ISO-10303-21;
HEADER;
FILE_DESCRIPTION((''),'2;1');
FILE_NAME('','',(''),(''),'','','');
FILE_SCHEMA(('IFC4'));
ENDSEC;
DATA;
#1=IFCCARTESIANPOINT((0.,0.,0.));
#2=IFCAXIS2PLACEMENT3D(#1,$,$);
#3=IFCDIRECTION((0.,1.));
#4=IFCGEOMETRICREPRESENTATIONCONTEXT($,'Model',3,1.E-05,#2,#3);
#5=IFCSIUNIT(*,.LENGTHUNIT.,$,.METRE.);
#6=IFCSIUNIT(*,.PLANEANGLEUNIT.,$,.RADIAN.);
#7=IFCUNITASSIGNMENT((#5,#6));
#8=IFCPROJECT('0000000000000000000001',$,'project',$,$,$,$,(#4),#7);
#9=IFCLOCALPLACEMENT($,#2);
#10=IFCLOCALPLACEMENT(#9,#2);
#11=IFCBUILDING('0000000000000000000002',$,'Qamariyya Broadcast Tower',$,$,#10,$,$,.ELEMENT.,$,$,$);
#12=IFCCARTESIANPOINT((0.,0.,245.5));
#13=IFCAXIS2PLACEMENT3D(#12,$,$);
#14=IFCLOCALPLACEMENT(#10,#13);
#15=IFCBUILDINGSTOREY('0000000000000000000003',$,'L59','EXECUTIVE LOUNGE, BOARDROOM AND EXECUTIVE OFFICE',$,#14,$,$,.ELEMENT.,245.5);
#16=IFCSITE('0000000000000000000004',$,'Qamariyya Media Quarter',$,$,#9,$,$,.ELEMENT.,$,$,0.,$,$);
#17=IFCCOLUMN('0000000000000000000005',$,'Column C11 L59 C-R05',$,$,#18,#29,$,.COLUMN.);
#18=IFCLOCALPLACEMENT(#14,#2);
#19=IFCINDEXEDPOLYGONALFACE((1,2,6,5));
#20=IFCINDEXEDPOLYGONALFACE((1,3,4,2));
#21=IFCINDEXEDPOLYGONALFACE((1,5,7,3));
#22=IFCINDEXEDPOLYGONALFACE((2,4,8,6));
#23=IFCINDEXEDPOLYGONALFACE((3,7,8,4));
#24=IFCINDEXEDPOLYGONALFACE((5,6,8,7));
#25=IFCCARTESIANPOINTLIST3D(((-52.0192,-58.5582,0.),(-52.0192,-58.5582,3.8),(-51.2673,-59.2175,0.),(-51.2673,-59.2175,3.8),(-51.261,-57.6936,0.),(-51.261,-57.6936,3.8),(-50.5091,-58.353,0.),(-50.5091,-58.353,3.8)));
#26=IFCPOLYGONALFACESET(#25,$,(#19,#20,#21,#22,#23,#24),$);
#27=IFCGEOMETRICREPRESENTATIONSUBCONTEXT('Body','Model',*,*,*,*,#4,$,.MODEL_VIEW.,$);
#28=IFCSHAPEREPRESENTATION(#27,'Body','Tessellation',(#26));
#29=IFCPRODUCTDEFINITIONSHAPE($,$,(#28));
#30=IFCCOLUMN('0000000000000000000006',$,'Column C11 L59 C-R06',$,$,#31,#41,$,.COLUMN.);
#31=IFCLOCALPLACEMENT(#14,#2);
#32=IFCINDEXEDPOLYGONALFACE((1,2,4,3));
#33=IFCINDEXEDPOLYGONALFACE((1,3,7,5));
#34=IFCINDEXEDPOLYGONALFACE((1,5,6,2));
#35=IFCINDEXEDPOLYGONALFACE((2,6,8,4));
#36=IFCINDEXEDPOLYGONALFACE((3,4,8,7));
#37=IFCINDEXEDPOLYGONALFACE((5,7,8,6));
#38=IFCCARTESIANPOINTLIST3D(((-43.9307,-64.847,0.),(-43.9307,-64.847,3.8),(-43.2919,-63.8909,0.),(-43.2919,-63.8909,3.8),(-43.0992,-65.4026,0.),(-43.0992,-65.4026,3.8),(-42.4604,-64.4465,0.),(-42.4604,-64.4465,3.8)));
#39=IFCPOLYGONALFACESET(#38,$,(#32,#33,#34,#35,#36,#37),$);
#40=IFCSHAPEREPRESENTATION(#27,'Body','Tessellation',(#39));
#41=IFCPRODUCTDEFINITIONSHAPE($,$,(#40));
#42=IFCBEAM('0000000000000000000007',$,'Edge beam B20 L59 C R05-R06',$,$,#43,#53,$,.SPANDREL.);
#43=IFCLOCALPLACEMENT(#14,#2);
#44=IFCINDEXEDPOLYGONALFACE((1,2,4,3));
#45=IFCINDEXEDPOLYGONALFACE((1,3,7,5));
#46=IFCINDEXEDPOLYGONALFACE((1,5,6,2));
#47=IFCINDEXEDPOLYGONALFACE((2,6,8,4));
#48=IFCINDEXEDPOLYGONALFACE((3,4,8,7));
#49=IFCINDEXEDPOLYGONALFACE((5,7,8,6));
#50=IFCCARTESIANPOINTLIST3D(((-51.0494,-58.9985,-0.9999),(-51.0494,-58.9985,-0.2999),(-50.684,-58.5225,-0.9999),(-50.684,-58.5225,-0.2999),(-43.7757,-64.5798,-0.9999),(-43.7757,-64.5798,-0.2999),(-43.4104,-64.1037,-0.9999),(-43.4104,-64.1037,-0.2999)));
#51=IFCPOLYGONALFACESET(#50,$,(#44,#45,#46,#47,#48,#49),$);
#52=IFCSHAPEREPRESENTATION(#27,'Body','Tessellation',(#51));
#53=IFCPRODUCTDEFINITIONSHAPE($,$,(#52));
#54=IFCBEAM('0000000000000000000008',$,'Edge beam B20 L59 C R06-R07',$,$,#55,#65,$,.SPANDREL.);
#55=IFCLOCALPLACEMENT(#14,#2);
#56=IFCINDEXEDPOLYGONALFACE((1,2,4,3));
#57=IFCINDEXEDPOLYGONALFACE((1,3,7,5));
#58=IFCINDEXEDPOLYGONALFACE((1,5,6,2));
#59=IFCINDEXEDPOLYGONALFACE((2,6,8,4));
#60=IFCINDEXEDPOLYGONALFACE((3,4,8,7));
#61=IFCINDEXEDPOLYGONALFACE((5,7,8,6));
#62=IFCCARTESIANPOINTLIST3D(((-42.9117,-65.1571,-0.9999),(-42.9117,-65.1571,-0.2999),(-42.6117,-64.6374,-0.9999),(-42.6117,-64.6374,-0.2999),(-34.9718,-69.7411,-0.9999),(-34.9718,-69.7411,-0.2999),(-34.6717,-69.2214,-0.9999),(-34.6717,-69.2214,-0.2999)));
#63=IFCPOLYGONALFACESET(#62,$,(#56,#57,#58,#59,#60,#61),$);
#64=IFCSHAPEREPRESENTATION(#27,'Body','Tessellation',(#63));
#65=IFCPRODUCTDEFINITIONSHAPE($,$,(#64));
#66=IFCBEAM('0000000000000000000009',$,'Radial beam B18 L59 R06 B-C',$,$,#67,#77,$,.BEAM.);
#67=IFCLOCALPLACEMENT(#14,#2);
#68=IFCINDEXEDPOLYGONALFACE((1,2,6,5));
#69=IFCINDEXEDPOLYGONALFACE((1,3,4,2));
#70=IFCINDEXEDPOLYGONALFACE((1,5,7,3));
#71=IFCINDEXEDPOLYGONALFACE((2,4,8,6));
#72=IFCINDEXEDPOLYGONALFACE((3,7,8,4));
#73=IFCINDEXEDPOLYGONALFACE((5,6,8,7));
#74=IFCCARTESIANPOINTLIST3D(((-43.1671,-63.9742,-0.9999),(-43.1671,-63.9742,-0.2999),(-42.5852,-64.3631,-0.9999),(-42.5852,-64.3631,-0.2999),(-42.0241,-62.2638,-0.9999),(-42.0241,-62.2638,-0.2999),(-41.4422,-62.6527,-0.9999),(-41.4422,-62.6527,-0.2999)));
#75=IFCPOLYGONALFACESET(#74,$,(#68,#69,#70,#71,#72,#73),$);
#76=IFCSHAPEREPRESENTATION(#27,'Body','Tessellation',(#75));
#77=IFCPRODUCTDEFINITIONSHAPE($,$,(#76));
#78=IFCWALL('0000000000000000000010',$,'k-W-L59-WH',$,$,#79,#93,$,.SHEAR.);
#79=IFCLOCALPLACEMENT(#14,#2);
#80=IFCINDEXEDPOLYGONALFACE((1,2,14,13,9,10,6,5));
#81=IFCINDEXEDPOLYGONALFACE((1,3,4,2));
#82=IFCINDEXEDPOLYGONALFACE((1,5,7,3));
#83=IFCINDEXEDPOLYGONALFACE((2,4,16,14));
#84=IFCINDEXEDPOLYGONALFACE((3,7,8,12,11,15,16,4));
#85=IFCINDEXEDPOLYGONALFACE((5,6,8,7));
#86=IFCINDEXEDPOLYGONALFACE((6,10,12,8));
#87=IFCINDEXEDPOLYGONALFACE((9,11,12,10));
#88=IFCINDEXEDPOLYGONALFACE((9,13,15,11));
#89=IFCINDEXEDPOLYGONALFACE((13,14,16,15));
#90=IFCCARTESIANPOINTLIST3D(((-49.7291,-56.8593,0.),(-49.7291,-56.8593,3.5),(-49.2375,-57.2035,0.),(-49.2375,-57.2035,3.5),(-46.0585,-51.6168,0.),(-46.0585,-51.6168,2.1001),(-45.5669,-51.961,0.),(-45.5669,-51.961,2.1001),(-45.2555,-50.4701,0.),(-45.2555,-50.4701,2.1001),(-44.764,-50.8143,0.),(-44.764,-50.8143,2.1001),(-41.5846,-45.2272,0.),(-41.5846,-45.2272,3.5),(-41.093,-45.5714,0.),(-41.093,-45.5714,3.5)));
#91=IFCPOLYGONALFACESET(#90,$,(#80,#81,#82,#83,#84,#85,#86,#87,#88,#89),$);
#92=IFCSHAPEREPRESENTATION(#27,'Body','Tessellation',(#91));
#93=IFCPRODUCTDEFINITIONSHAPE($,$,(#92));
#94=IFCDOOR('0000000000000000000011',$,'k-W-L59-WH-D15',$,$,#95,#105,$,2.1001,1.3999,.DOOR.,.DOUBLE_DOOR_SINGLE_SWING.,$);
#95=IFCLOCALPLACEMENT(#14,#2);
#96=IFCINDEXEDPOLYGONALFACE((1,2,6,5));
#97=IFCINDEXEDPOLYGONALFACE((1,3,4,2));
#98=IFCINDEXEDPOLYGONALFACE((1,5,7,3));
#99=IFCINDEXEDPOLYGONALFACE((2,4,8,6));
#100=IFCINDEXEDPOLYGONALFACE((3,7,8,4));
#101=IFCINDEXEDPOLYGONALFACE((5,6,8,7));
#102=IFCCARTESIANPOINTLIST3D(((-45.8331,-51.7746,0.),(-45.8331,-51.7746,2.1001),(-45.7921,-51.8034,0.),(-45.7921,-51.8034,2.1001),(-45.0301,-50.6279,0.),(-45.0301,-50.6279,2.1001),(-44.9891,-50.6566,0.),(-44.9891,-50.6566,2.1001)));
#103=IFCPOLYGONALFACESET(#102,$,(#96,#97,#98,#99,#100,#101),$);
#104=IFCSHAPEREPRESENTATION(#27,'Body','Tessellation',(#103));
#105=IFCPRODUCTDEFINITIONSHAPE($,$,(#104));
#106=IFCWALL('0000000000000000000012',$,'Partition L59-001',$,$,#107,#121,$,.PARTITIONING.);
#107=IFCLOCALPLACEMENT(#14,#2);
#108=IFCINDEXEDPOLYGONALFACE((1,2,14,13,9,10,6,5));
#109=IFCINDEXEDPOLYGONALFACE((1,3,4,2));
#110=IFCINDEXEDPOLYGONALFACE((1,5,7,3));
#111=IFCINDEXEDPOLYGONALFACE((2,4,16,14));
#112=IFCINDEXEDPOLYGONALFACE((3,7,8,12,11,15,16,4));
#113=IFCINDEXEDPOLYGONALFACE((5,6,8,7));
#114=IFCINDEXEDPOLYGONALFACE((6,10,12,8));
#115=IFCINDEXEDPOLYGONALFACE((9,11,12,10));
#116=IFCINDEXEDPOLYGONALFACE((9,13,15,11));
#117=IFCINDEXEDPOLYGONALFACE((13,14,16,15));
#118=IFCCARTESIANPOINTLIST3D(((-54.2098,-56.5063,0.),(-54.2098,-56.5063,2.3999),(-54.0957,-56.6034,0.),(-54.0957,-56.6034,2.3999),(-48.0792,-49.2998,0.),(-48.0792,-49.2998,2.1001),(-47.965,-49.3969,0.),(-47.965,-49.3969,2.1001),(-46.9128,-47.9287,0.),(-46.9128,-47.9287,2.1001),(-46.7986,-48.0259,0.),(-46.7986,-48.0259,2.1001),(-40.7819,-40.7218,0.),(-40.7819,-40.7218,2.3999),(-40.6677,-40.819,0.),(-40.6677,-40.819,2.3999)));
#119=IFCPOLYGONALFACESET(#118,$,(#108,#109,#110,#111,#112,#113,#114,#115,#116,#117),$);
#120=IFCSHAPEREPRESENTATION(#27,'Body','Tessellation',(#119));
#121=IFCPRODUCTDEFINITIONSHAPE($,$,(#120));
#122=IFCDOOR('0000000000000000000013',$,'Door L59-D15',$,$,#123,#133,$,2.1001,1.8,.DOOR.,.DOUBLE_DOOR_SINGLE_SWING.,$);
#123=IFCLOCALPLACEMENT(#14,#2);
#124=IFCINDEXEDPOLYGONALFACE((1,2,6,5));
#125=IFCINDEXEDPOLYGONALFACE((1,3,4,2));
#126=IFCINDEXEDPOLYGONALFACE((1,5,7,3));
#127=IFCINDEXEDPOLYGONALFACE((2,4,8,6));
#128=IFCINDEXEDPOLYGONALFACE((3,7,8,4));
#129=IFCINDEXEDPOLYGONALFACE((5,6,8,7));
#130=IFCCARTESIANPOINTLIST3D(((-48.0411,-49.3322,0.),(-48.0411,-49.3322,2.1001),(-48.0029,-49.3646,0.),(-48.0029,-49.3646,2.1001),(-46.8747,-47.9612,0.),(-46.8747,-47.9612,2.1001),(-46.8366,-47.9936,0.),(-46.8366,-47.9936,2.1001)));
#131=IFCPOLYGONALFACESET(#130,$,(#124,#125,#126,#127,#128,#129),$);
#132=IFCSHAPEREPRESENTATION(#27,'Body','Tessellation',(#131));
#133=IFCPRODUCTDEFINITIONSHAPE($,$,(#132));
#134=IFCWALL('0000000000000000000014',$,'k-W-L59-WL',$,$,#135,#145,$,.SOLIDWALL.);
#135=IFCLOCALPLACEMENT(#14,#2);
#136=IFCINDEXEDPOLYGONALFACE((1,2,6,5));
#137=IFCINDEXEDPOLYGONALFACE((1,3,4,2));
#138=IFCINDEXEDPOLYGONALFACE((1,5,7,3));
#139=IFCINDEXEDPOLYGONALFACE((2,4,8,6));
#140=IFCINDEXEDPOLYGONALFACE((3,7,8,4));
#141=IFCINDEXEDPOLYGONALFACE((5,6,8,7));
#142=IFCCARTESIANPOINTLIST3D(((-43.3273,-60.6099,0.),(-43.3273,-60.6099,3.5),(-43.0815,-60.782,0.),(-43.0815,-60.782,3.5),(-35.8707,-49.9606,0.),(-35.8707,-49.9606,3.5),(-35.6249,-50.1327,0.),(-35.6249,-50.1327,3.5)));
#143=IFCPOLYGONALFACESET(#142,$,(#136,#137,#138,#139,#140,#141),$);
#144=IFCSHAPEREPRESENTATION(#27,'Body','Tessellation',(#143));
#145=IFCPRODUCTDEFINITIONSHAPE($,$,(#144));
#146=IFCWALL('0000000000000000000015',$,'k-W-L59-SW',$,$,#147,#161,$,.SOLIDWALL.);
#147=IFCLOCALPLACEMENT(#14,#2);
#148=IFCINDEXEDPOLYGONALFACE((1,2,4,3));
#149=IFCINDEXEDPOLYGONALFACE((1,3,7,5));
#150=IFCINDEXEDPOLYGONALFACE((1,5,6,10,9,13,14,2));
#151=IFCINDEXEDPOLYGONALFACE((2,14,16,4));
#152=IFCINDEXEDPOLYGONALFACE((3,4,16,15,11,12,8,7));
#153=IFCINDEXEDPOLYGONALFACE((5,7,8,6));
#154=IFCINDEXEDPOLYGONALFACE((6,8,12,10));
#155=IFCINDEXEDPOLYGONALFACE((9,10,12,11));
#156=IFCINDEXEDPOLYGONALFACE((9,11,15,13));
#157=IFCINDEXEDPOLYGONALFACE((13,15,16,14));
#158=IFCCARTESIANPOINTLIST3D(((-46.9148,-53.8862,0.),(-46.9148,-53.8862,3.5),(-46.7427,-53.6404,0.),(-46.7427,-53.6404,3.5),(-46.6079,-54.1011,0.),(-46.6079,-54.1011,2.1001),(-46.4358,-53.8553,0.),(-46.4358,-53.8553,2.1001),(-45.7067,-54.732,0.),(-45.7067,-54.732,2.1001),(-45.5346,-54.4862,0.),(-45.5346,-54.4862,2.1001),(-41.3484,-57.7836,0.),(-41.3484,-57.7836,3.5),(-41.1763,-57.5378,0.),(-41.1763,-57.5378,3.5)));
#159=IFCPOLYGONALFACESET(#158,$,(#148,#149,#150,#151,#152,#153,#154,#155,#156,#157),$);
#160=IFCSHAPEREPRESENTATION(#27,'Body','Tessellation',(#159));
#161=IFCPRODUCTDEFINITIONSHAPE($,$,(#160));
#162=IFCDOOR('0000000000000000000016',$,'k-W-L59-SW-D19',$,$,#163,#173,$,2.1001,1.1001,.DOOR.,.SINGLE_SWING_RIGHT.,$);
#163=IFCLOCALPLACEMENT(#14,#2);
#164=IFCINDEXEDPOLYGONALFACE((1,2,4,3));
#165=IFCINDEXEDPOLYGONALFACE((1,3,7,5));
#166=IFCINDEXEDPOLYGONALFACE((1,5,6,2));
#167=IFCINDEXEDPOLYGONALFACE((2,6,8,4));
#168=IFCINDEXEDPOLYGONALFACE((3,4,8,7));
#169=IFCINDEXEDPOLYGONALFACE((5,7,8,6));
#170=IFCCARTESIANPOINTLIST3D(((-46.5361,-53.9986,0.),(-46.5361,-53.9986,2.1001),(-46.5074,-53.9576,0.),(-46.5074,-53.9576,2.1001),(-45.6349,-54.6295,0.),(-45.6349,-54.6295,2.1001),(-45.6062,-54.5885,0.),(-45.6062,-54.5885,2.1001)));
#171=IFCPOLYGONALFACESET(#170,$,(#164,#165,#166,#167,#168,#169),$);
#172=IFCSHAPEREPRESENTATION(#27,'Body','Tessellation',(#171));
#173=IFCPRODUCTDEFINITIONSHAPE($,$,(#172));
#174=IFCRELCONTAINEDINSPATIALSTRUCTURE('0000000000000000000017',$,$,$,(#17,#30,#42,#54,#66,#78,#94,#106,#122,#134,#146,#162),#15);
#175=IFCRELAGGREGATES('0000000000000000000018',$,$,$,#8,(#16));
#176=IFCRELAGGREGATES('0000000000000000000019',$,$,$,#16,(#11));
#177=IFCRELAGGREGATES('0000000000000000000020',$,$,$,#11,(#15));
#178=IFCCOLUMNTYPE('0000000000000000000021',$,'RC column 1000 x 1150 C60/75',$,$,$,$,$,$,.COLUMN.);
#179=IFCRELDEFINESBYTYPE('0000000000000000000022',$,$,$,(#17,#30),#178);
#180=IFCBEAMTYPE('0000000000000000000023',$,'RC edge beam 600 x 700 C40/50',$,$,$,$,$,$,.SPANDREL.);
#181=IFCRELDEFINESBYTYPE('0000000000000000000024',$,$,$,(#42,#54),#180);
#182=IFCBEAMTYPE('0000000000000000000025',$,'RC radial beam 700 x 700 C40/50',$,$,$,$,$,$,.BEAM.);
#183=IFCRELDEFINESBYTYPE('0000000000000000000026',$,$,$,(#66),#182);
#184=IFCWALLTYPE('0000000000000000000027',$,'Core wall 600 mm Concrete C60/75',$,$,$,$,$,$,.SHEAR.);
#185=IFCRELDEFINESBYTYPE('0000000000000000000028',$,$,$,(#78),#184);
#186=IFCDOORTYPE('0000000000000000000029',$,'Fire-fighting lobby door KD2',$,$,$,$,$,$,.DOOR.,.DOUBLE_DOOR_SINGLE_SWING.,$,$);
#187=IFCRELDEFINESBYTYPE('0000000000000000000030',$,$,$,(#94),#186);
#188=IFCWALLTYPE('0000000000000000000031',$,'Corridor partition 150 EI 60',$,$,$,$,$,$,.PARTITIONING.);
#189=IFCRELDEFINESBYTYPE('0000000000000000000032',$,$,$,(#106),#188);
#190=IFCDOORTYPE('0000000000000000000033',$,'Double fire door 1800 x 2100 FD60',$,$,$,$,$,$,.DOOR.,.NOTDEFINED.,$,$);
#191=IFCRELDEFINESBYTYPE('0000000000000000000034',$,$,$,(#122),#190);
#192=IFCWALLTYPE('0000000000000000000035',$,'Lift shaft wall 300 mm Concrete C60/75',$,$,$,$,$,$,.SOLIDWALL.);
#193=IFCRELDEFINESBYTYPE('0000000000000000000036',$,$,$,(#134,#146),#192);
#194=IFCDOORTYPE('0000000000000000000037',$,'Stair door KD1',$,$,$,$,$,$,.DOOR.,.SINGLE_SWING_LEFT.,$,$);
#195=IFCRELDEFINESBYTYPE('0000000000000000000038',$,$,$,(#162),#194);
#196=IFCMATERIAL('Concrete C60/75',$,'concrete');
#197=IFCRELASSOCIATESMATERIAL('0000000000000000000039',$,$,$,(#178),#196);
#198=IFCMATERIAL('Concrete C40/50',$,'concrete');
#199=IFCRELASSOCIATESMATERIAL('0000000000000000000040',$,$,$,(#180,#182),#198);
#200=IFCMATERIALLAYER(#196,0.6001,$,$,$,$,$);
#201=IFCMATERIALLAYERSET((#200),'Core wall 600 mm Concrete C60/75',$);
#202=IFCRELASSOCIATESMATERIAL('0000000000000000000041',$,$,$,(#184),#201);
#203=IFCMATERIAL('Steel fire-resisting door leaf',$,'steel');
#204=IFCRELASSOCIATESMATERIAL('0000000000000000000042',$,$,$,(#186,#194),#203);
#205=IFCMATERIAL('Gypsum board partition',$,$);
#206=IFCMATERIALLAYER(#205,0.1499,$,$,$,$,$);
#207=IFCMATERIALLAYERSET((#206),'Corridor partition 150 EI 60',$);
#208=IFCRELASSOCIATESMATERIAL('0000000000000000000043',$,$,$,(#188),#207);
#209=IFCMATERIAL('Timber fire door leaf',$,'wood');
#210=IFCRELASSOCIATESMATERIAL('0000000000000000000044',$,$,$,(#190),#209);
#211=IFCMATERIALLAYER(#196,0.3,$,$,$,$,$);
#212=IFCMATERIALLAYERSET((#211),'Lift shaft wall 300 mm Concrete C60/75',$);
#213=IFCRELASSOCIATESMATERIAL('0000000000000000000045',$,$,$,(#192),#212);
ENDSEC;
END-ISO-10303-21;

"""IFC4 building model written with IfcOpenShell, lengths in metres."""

from ifc_helpers import new_model, si_unit, direction, frame, frame_2d, origin, origin_2d, place, context, subcontext, project, spatial, rectangle, extrude, material, layer, layer_set, material_profile, profile_set, type_object, element, fill, save


model = new_model("IFC4")

# Units and contexts
model_context = context("Model", 3, precision=1e-05, world=origin(), true_north=direction((0.0, 1.0)))
body_context = subcontext(model_context, "Body", "Model", "MODEL_VIEW")
ifc_project = project(units=[si_unit("LENGTHUNIT", "METRE"), si_unit("PLANEANGLEUNIT", "RADIAN")], contexts=[model_context])

# Site, building, storey
site_placement = place(None, origin())
site = spatial("IfcSite", under=ifc_project, at=site_placement, Name="Qamariyya Media Quarter", CompositionType="ELEMENT", RefElevation=0.0)
building_placement = place(site_placement, origin())
building = spatial("IfcBuilding", under=site, at=building_placement, Name="Qamariyya Broadcast Tower", CompositionType="ELEMENT")
storey_placement = place(building_placement, frame((0.0, 0.0, 245.5)))
storey = spatial("IfcBuildingStorey", under=building, at=storey_placement, Name="L59", Description="EXECUTIVE LOUNGE, BOARDROOM AND EXECUTIVE OFFICE", CompositionType="ELEMENT", Elevation=245.5)

# Columns
ifc_material_1 = material(Name="Concrete C60/75", Category="concrete")
ifc_material_profile_1 = material_profile(ifc_material_1, rectangle(XDim=1.0, YDim=1.1499, at=origin_2d()))
ifc_profile_set_1 = profile_set([ifc_material_profile_1], Name="Concrete C60/75")
column_type = type_object("IfcColumnType", Name="RC column 1000 x 1150 C60/75", PredefinedType="COLUMN", material=ifc_profile_set_1)
for number, where, z_axis, x_axis, name in (
    (1, (-51.2642, -58.4556, 0.0), (0.0, 0.0, 1.0), (0.75184, -0.659346, 0.0), "Column C11 L59 C-R05"),
    (2, (-43.1956, -64.6467, 0.0), (0.0, 0.0, 1.0), (0.83147, -0.55557, 0.0), "Column C11 L59 C-R06"),
):
    element("IfcColumn", number, at=place(storey_placement, frame(where, z_axis=z_axis, x_axis=x_axis)), inside=storey, type_object=column_type, Name=name, PredefinedType="COLUMN", context=body_context, shape_type="SweptSolid", body=[
        extrude(rectangle(XDim=1.0, YDim=1.1499, at=origin_2d()), origin(), (0.0, 0.0, 1.0), 3.8),
    ])

# Beams
ifc_material_2 = material(Name="Concrete C40/50", Category="concrete")
ifc_material_profile_2 = material_profile(ifc_material_2, rectangle(XDim=0.6001, YDim=0.7, at=origin_2d()))
ifc_profile_set_2 = profile_set([ifc_material_profile_2], Name="Concrete C40/50")
beam_type_1 = type_object("IfcBeamType", Name="RC edge beam 600 x 700 C40/50", PredefinedType="SPANDREL", material=ifc_profile_set_2)
for number, where, z_axis, x_axis, name in (
    (3, (-50.8667, -58.7605, -0.6499), (0.793353, -0.608762, 0.0), (0.608762, 0.793353, 0.0), "Edge beam B20 L59 C R05-R06"),
    (4, (-42.7617, -64.8972, -0.6499), (0.866032, -0.499988, 0.0), (0.499988, 0.866032, 0.0), "Edge beam B20 L59 C R06-R07"),
):
    element("IfcBeam", number, at=place(storey_placement, frame(where, z_axis=z_axis, x_axis=x_axis)), inside=storey, type_object=beam_type_1, Name=name, PredefinedType="SPANDREL", context=body_context, shape_type="SweptSolid", body=[
        extrude(rectangle(XDim=0.6001, YDim=0.7, at=origin_2d()), origin(), (0.0, 0.0, 1.0), 9.1682),
    ])
ifc_material_profile_3 = material_profile(ifc_material_2, rectangle(XDim=0.7, YDim=0.7, at=origin_2d()))
ifc_profile_set_3 = profile_set([ifc_material_profile_3], Name="Concrete C40/50")
beam_type_2 = type_object("IfcBeamType", Name="RC radial beam 700 x 700 C40/50", PredefinedType="BEAM", material=ifc_profile_set_3)
beam_placement = place(storey_placement, frame((-41.7332, -62.4583, -0.6499), z_axis=(-0.555631, -0.831429, 0.0), x_axis=(0.831429, -0.555631, 0.0)))
element("IfcBeam", 5, at=beam_placement, inside=storey, type_object=beam_type_2, Name="Radial beam B18 L59 R06 B-C", PredefinedType="BEAM", context=body_context, shape_type="SweptSolid", body=[
    extrude(rectangle(XDim=0.7, YDim=0.7, at=origin_2d()), origin(), (0.0, 0.0, 1.0), 2.0571),
])

# Walls, openings, doors
ifc_layer_1 = layer(ifc_material_1, 0.6001)
ifc_layer_set_1 = layer_set([ifc_layer_1], Name="Core wall 600 mm Concrete C60/75")
wall_type_1 = type_object("IfcWallType", Name="Core wall 600 mm Concrete C60/75", PredefinedType="SHEAR", material=ifc_layer_set_1)
wall_1_placement = place(storey_placement, frame((-49.4834, -57.0315, 0.0), z_axis=(0.0, 0.0, 1.0), x_axis=(0.57356, 0.819163, 0.0)))
wall_1 = element("IfcWall", 6, at=wall_1_placement, inside=storey, type_object=wall_type_1, Name="k-W-L59-WH", PredefinedType="SHEAR", context=body_context, shape_type="SweptSolid", body=[
    extrude(rectangle(XDim=14.2, YDim=0.6001, at=frame_2d((7.1001, 0.0))), origin(), (0.0, 0.0, 1.0), 3.5),
])
opening_1_placement = place(wall_1_placement, frame((6.3999, 0.0, 0.0)))
opening_1 = element("IfcOpeningElement", 7, at=opening_1_placement, cuts=wall_1, PredefinedType="OPENING", context=body_context, shape_type="SweptSolid", body=[
    extrude(rectangle(XDim=1.3999, YDim=2.1001, at=frame_2d((0.7, 1.05))), frame((0.0, 0.3101, 0.0), z_axis=(0.0, -1.0, 0.0), x_axis=(1.0, 0.0, 0.0)), (0.0, 0.0, 1.0), 0.6201),
])
ifc_material_3 = material(Name="Steel fire-resisting door leaf", Category="steel")
door_type_1 = type_object("IfcDoorType", Name="Fire-fighting lobby door KD2", OperationType="DOUBLE_DOOR_SINGLE_SWING", PredefinedType="DOOR", material=ifc_material_3)
door_1_placement = place(opening_1_placement, origin())
door_1 = element("IfcDoor", 8, at=door_1_placement, inside=storey, type_object=door_type_1, Name="k-W-L59-WH-D15", OperationType="DOUBLE_DOOR_SINGLE_SWING", OverallHeight=2.1001, OverallWidth=1.3999, PredefinedType="DOOR", context=body_context, shape_type="SweptSolid", body=[
    extrude(rectangle(XDim=1.3999, YDim=2.1001, at=frame_2d((0.7, 1.05))), frame((0.0, 0.0249, 0.0), z_axis=(0.0, -1.0, 0.0), x_axis=(1.0, 0.0, 0.0)), (0.0, 0.0, 1.0), 0.05),
])
fill(opening_1, door_1)
ifc_material_4 = material(Name="Gypsum board partition")
ifc_layer_2 = layer(ifc_material_4, 0.1499)
ifc_layer_set_2 = layer_set([ifc_layer_2], Name="Corridor partition 150 EI 60")
wall_type_2 = type_object("IfcWallType", Name="Corridor partition 150 EI 60", PredefinedType="PARTITIONING", material=ifc_layer_set_2)
wall_2_placement = place(storey_placement, frame((-54.1528, -56.5549, 0.0), z_axis=(0.0, 0.0, 1.0), x_axis=(0.647963, 0.761672, 0.0)))
wall_2 = element("IfcWall", 9, at=wall_2_placement, inside=storey, type_object=wall_type_2, Name="Partition L59-001", PredefinedType="PARTITIONING", context=body_context, shape_type="SweptSolid", body=[
    extrude(rectangle(XDim=20.7234, YDim=0.1499, at=frame_2d((10.3618, 0.0))), origin(), (0.0, 0.0, 1.0), 2.3999),
])
opening_2_placement = place(wall_2_placement, frame((9.4617, 0.0, 0.0)))
opening_2 = element("IfcOpeningElement", 10, at=opening_2_placement, cuts=wall_2, PredefinedType="OPENING", context=body_context, shape_type="SweptSolid", body=[
    extrude(rectangle(XDim=1.8, YDim=2.1001, at=frame_2d((0.8999, 1.05))), frame((0.0, 0.085, 0.0), z_axis=(0.0, -1.0, 0.0), x_axis=(1.0, 0.0, 0.0)), (0.0, 0.0, 1.0), 0.1699),
])
ifc_material_5 = material(Name="Timber fire door leaf", Category="wood")
door_type_2 = type_object("IfcDoorType", Name="Double fire door 1800 x 2100 FD60", OperationType="NOTDEFINED", PredefinedType="DOOR", material=ifc_material_5)
door_2_placement = place(opening_2_placement, origin())
door_2 = element("IfcDoor", 11, at=door_2_placement, inside=storey, type_object=door_type_2, Name="Door L59-D15", OperationType="DOUBLE_DOOR_SINGLE_SWING", OverallHeight=2.1001, OverallWidth=1.8, PredefinedType="DOOR", context=body_context, shape_type="SweptSolid", body=[
    extrude(rectangle(XDim=1.8, YDim=2.1001, at=frame_2d((0.8999, 1.05))), frame((0.0, 0.0249, 0.0), z_axis=(0.0, -1.0, 0.0), x_axis=(1.0, 0.0, 0.0)), (0.0, 0.0, 1.0), 0.05),
])
fill(opening_2, door_2)

# Wall
ifc_layer_3 = layer(ifc_material_1, 0.3)
ifc_layer_set_3 = layer_set([ifc_layer_3], Name="Lift shaft wall 300 mm Concrete C60/75")
wall_type_3 = type_object("IfcWallType", Name="Lift shaft wall 300 mm Concrete C60/75", PredefinedType="SOLIDWALL", material=ifc_layer_set_3)
wall_3_placement = place(storey_placement, frame((-43.2043, -60.6958, 0.0), z_axis=(0.0, 0.0, 1.0), x_axis=(0.573572, 0.819155, 0.0)))
element("IfcWall", 12, at=wall_3_placement, inside=storey, type_object=wall_type_3, Name="k-W-L59-WL", PredefinedType="SOLIDWALL", context=body_context, shape_type="SweptSolid", body=[
    extrude(rectangle(XDim=13.0002, YDim=0.3, at=frame_2d((6.5, 0.0))), origin(), (0.0, 0.0, 1.0), 3.5),
])

# Wall, opening, door
wall_4_placement = place(storey_placement, frame((-41.2625, -57.6606, 0.0), z_axis=(0.0, 0.0, 1.0), x_axis=(-0.819164, 0.573559, 0.0)))
wall_4 = element("IfcWall", 13, at=wall_4_placement, inside=storey, type_object=wall_type_3, Name="k-W-L59-SW", PredefinedType="SOLIDWALL", context=body_context, shape_type="SweptSolid", body=[
    extrude(rectangle(XDim=6.7952, YDim=0.3, at=frame_2d((3.3975, 0.0))), origin(), (0.0, 0.0, 1.0), 3.5),
])
opening_3_placement = place(wall_4_placement, frame((5.3203, 0.0, 0.0)))
opening_3 = element("IfcOpeningElement", 14, at=opening_3_placement, cuts=wall_4, PredefinedType="OPENING", context=body_context, shape_type="SweptSolid", body=[
    extrude(rectangle(XDim=1.1001, YDim=2.1001, at=frame_2d((0.55, 1.05))), frame((0.0, 0.1599, 0.0), z_axis=(0.0, -1.0, 0.0), x_axis=(1.0, 0.0, 0.0)), (0.0, 0.0, 1.0), 0.3201),
])
door_type_3 = type_object("IfcDoorType", Name="Stair door KD1", OperationType="SINGLE_SWING_LEFT", PredefinedType="DOOR", material=ifc_material_3)
door_3_placement = place(opening_3_placement, origin())
door_3 = element("IfcDoor", 15, at=door_3_placement, inside=storey, type_object=door_type_3, Name="k-W-L59-SW-D19", OperationType="SINGLE_SWING_RIGHT", OverallHeight=2.1001, OverallWidth=1.1001, PredefinedType="DOOR", context=body_context, shape_type="SweptSolid", body=[
    extrude(rectangle(XDim=1.1001, YDim=2.1001, at=frame_2d((0.55, 1.05))), frame((0.0, 0.0249, 0.0), z_axis=(0.0, -1.0, 0.0), x_axis=(1.0, 0.0, 0.0)), (0.0, 0.0, 1.0), 0.05),
])
fill(opening_3, door_3)

save(model, "model.ifc")
